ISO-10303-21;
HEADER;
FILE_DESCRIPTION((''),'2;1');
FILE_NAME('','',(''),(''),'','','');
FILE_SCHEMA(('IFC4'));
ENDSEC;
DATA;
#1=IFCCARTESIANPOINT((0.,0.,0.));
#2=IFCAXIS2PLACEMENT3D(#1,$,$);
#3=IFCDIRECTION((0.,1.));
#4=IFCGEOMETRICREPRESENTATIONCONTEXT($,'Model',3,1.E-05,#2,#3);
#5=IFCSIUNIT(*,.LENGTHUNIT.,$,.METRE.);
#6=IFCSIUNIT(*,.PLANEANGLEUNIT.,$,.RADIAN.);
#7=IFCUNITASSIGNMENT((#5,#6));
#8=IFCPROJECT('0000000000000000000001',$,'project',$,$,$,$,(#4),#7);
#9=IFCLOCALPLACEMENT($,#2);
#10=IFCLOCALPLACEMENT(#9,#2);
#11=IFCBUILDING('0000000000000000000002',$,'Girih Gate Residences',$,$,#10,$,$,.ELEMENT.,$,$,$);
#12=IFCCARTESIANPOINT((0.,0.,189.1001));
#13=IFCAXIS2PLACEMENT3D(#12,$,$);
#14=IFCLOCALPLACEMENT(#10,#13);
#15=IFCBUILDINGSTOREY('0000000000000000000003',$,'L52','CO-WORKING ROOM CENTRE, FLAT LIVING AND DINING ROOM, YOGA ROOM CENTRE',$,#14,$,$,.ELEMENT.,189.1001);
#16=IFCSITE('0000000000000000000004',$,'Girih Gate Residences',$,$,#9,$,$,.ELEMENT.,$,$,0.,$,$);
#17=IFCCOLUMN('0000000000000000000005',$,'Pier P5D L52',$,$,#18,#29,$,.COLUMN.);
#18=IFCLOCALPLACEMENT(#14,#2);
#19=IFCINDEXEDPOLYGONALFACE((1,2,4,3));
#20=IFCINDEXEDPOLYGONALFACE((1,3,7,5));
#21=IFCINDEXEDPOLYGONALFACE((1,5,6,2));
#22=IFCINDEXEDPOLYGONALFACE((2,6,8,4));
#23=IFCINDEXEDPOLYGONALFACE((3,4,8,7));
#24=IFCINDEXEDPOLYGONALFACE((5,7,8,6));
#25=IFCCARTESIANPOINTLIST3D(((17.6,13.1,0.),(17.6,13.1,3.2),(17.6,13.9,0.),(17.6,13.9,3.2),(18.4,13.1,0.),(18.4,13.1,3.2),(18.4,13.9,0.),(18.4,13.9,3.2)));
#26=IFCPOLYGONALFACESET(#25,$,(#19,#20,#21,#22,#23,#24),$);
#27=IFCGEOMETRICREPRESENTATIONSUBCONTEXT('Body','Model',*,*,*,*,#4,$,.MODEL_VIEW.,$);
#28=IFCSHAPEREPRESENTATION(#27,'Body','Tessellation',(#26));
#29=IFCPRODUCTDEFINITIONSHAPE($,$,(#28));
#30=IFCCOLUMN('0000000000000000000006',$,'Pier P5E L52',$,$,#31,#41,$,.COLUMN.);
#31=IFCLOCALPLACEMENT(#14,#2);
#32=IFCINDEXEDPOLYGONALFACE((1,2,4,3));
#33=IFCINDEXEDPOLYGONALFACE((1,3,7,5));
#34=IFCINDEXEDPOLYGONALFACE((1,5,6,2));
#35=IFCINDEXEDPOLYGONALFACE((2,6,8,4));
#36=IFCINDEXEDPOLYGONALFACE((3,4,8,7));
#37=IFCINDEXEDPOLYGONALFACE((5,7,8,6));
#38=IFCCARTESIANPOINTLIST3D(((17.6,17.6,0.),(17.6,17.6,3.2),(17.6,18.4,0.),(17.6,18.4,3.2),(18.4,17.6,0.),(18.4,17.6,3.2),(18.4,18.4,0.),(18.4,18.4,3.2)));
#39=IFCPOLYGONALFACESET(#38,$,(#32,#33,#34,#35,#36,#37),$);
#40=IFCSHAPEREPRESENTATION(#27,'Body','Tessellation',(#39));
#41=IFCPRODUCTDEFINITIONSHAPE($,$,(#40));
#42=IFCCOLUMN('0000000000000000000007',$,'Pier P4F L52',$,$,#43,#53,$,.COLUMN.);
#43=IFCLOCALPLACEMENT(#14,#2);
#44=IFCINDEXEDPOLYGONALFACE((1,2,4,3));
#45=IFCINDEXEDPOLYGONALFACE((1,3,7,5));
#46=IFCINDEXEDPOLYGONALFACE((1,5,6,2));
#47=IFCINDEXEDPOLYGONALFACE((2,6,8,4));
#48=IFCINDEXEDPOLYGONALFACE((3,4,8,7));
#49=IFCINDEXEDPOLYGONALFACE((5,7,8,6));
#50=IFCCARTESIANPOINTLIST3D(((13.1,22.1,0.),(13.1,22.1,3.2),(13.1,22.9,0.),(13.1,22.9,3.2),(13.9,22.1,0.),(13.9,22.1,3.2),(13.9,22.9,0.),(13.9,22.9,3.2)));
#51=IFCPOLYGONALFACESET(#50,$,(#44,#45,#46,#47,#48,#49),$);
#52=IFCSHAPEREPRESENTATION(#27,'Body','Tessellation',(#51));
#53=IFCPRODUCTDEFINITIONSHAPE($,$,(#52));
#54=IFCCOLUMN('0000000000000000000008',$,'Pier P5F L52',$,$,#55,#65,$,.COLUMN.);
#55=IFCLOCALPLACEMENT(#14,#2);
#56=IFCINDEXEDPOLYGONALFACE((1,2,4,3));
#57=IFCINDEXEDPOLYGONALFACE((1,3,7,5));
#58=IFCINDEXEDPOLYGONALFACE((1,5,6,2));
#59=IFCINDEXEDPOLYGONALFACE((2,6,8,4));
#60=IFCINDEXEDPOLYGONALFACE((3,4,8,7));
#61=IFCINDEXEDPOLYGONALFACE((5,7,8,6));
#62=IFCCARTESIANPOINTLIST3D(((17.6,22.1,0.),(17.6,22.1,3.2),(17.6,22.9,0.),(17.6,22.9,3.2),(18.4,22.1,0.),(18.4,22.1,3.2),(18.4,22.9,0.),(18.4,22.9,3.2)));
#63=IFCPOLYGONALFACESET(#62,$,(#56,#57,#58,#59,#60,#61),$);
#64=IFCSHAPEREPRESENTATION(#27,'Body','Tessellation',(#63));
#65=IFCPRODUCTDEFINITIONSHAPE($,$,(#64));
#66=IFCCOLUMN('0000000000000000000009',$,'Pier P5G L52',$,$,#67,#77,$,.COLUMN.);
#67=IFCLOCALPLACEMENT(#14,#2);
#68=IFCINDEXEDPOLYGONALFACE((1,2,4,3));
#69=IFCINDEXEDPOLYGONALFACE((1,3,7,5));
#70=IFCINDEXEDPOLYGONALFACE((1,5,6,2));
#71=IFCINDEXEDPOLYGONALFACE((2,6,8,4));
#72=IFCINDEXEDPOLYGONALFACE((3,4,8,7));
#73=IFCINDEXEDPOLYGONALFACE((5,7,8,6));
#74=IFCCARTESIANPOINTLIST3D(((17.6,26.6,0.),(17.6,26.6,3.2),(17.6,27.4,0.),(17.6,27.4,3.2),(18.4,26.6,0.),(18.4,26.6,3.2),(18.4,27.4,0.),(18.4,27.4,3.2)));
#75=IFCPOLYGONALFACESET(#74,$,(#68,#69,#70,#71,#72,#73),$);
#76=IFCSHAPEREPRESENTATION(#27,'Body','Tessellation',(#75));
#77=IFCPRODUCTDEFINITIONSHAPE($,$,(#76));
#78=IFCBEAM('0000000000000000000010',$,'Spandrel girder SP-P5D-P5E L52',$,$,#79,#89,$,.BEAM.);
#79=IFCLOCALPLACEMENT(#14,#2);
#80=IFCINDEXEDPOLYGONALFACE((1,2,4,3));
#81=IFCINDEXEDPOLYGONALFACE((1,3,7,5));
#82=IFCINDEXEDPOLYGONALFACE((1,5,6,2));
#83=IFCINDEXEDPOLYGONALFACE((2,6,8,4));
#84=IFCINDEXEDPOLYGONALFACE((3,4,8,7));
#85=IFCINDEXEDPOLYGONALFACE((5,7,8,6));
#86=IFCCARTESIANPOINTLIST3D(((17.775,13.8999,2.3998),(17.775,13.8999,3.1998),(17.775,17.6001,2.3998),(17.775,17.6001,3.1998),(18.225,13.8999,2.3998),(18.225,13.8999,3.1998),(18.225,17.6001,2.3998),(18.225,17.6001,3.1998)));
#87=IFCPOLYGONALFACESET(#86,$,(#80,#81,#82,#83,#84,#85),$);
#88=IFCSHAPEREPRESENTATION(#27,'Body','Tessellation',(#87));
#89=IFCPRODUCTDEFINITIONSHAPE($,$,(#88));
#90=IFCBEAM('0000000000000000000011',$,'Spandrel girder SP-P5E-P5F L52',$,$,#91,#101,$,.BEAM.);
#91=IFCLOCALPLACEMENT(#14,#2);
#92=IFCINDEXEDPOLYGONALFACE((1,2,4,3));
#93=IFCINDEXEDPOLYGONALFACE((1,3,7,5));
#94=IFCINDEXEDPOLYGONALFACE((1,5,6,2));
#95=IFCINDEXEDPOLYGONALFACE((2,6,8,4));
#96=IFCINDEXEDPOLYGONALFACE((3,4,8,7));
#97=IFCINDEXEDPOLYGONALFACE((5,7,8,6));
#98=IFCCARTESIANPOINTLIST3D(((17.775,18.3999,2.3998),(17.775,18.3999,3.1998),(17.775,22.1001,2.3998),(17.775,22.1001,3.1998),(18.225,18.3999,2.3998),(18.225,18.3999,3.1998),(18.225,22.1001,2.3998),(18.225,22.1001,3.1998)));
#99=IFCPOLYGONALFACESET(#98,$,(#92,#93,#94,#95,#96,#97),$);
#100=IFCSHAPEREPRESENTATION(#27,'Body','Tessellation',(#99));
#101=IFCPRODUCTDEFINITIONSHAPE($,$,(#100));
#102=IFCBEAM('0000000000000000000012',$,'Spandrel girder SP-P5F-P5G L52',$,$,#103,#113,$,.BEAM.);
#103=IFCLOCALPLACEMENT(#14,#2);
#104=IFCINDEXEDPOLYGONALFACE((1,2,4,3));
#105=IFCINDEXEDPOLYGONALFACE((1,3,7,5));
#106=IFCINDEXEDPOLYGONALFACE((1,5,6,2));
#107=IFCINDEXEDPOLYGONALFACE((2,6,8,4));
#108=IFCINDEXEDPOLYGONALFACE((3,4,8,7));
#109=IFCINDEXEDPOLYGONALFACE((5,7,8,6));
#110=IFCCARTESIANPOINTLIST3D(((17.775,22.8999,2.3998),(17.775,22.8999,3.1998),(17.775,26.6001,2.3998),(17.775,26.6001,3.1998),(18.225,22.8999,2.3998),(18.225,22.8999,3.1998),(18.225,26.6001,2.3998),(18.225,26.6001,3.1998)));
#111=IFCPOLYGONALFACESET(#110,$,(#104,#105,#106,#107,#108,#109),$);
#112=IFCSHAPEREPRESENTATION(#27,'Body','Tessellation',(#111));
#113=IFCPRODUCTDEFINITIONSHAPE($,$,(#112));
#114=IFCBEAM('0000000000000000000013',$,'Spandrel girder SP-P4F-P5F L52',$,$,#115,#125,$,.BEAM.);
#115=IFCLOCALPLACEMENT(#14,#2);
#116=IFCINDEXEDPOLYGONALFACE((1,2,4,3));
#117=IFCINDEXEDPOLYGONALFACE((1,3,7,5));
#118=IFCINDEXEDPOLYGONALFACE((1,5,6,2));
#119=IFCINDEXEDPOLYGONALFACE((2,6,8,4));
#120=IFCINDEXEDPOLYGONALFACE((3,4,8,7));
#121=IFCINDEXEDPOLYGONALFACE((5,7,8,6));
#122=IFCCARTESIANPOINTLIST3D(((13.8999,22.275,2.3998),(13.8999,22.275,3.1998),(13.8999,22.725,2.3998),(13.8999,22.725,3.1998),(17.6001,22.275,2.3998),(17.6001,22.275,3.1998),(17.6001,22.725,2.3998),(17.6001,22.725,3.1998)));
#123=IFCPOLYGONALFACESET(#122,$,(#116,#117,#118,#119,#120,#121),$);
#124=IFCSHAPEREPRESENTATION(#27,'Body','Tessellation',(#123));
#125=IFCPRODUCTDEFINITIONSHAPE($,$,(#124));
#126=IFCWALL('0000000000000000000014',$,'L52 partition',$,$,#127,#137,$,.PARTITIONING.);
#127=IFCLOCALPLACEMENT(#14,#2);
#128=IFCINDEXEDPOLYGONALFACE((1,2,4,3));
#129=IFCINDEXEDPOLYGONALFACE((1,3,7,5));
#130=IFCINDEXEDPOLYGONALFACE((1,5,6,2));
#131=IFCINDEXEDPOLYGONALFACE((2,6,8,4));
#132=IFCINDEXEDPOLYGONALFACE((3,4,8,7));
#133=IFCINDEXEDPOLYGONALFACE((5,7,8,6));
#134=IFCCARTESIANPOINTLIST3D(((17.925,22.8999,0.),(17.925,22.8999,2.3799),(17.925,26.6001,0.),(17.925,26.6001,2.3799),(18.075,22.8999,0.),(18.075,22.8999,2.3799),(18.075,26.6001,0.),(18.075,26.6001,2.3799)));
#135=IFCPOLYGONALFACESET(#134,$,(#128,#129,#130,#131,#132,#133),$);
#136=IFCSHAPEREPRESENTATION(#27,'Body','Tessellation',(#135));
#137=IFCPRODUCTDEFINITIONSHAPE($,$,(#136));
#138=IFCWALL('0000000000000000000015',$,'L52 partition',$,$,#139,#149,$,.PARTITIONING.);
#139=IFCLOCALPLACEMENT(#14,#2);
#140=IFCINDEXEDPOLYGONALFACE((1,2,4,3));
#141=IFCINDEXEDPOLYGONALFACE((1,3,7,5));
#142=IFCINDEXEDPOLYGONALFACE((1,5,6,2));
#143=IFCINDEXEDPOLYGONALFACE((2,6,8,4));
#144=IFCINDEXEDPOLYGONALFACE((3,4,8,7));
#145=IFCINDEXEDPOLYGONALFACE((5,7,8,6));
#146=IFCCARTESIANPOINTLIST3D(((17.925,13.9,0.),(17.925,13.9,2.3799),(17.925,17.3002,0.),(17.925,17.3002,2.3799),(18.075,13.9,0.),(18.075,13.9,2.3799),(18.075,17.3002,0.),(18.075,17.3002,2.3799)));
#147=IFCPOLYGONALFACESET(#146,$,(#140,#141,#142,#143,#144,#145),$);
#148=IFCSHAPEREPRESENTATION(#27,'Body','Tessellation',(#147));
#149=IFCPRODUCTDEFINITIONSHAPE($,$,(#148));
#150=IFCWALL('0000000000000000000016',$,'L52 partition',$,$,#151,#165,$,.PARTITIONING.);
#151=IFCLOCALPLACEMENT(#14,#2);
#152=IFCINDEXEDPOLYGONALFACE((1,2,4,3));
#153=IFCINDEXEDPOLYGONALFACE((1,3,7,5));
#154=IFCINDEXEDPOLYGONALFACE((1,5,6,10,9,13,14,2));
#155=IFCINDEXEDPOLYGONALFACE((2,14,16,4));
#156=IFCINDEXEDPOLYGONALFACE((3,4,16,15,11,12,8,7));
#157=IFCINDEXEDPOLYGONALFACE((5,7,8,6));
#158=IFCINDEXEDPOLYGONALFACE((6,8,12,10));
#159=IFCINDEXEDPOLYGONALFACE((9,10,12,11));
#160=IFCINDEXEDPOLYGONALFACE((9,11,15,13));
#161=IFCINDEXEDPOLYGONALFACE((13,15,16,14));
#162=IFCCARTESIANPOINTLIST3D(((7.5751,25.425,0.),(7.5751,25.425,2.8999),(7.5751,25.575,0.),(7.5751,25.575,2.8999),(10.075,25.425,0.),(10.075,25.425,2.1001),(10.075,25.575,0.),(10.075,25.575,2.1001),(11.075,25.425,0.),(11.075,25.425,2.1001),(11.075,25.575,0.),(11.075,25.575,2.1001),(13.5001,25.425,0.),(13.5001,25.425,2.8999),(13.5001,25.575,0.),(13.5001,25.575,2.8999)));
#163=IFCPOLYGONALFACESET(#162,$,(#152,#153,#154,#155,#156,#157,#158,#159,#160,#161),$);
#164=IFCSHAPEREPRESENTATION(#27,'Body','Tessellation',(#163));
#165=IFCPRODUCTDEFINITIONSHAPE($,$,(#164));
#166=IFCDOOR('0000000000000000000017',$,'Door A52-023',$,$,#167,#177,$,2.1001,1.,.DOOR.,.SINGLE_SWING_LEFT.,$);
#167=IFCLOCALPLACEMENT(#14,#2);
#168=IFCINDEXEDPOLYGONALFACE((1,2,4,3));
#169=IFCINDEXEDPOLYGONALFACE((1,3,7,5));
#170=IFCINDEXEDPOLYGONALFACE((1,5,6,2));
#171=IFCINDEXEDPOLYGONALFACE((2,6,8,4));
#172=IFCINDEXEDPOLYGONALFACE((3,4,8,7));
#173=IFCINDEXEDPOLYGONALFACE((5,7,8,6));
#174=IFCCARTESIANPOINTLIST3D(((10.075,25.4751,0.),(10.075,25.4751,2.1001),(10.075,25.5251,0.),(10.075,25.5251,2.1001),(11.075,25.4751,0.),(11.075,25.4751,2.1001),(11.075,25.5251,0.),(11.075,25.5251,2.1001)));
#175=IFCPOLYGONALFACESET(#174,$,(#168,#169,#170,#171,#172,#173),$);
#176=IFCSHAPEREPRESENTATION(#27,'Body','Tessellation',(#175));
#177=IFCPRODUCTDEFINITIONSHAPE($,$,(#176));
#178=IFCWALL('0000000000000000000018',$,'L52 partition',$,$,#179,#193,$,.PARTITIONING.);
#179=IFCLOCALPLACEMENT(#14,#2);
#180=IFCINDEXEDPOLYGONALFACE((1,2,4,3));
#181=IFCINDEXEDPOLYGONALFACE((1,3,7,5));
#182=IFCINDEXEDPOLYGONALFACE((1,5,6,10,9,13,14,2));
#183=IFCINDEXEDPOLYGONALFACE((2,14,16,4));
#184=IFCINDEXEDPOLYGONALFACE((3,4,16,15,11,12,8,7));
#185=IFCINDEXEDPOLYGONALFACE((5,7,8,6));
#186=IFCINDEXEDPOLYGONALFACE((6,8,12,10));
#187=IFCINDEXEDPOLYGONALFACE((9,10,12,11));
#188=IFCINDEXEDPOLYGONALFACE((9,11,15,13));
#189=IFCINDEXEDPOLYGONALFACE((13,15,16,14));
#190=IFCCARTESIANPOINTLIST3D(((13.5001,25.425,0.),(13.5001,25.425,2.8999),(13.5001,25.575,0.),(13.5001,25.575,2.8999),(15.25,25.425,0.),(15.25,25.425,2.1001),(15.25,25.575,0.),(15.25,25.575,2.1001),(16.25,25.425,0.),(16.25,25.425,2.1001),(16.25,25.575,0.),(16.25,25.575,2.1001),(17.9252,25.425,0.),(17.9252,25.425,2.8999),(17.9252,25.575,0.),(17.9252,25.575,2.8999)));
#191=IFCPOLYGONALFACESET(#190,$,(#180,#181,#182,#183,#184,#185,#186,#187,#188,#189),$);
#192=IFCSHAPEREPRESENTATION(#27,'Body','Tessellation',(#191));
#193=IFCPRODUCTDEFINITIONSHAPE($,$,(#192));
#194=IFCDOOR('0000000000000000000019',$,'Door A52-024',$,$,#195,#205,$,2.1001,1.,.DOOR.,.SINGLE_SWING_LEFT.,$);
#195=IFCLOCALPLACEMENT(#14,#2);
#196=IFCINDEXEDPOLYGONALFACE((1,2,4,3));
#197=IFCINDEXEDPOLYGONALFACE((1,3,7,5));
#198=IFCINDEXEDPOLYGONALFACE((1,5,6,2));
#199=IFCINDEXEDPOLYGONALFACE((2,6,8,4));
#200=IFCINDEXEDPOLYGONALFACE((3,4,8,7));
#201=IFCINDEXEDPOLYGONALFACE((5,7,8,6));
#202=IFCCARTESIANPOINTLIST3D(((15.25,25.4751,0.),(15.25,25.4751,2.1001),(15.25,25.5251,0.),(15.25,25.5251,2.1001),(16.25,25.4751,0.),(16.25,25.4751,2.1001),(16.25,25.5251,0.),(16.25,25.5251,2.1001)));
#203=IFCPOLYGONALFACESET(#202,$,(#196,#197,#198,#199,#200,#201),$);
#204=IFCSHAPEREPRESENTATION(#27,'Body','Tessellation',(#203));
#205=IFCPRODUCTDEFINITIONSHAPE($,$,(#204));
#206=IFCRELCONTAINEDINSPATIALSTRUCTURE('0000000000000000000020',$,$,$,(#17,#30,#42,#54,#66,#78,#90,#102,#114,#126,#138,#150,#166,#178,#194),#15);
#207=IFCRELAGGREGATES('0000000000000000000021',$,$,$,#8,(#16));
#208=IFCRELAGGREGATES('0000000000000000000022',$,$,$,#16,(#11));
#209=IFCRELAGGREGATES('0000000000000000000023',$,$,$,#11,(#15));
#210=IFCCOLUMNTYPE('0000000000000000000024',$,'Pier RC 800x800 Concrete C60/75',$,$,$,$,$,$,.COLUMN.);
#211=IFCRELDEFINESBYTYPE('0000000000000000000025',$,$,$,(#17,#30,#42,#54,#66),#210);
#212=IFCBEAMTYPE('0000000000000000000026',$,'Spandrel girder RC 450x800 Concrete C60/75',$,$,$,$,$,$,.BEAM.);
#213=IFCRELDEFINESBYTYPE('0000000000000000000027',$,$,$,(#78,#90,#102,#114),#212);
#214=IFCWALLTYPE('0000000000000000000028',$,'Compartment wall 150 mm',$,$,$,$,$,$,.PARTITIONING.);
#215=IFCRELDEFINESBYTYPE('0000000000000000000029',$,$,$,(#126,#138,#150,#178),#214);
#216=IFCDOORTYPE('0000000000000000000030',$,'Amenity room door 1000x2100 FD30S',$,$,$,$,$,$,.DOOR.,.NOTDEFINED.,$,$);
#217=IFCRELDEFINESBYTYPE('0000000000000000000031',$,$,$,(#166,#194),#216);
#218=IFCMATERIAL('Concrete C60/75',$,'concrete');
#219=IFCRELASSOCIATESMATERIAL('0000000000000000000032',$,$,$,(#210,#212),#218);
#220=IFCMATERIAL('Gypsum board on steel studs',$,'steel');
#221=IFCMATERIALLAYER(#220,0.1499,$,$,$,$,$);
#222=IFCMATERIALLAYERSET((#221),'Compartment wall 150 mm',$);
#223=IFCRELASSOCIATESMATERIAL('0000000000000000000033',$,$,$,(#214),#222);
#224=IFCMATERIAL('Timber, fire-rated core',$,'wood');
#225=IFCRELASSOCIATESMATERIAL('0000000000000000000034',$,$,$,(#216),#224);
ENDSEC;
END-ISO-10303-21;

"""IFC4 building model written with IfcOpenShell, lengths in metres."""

from ifc_helpers import new_model, si_unit, direction, frame, frame_2d, origin, origin_2d, place, context, subcontext, project, spatial, rectangle, extrude, material, layer, layer_set, material_profile, profile_set, type_object, element, fill, save


model = new_model("IFC4")

# Units and contexts
model_context = context("Model", 3, precision=1e-05, world=origin(), true_north=direction((0.0, 1.0)))
body_context = subcontext(model_context, "Body", "Model", "MODEL_VIEW")
ifc_project = project(units=[si_unit("LENGTHUNIT", "METRE"), si_unit("PLANEANGLEUNIT", "RADIAN")], contexts=[model_context])

# Site, building, storey
site_placement = place(None, origin())
site = spatial("IfcSite", under=ifc_project, at=site_placement, Name="Girih Gate Residences", CompositionType="ELEMENT", RefElevation=0.0)
building_placement = place(site_placement, origin())
building = spatial("IfcBuilding", under=site, at=building_placement, Name="Girih Gate Residences", CompositionType="ELEMENT")
storey_placement = place(building_placement, frame((0.0, 0.0, 189.1001)))
storey = spatial("IfcBuildingStorey", under=building, at=storey_placement, Name="L52", Description="CO-WORKING ROOM CENTRE, FLAT LIVING AND DINING ROOM, YOGA ROOM CENTRE", CompositionType="ELEMENT", Elevation=189.1001)

# Columns
ifc_material_1 = material(Name="Concrete C60/75", Category="concrete")
ifc_material_profile_1 = material_profile(ifc_material_1, rectangle(XDim=0.8, YDim=0.8, at=origin_2d()))
ifc_profile_set_1 = profile_set([ifc_material_profile_1], Name="Concrete C60/75")
column_type = type_object("IfcColumnType", Name="Pier RC 800x800 Concrete C60/75", PredefinedType="COLUMN", material=ifc_profile_set_1)
for number, where, z_axis, x_axis, name in (
    (1, (18.0, 13.5, 0.0), (0.0, 0.0, 1.0), (1.0, 0.0, 0.0), "Pier P5D L52"),
    (2, (18.0, 18.0, 0.0), (0.0, 0.0, 1.0), (1.0, 0.0, 0.0), "Pier P5E L52"),
    (3, (13.5, 22.5, 0.0), (0.0, 0.0, 1.0), (1.0, 0.0, 0.0), "Pier P4F L52"),
    (4, (18.0, 22.5, 0.0), (0.0, 0.0, 1.0), (1.0, 0.0, 0.0), "Pier P5F L52"),
    (5, (18.0, 27.0, 0.0), (0.0, 0.0, 1.0), (1.0, 0.0, 0.0), "Pier P5G L52"),
):
    element("IfcColumn", number, at=place(storey_placement, frame(where, z_axis=z_axis, x_axis=x_axis)), inside=storey, type_object=column_type, Name=name, PredefinedType="COLUMN", context=body_context, shape_type="SweptSolid", body=[
        extrude(rectangle(XDim=0.8, YDim=0.8, at=origin_2d()), origin(), (0.0, 0.0, 1.0), 3.2),
    ])

# Beams
ifc_material_profile_2 = material_profile(ifc_material_1, rectangle(XDim=0.45, YDim=0.8, at=origin_2d()))
ifc_profile_set_2 = profile_set([ifc_material_profile_2], Name="Concrete C60/75")
beam_type = type_object("IfcBeamType", Name="Spandrel girder RC 450x800 Concrete C60/75", PredefinedType="BEAM", material=ifc_profile_set_2)
for number, where, z_axis, x_axis, name in (
    (6, (18.0, 13.8999, 2.7998), (0.0, 1.0, 0.0), (-1.0, 0.0, 0.0), "Spandrel girder SP-P5D-P5E L52"),
    (7, (18.0, 18.3999, 2.7998), (0.0, 1.0, 0.0), (-1.0, 0.0, 0.0), "Spandrel girder SP-P5E-P5F L52"),
    (8, (18.0, 22.8999, 2.7998), (0.0, 1.0, 0.0), (-1.0, 0.0, 0.0), "Spandrel girder SP-P5F-P5G L52"),
    (9, (13.8999, 22.5, 2.7998), (1.0, 0.0, 0.0), (0.0, 1.0, 0.0), "Spandrel girder SP-P4F-P5F L52"),
):
    element("IfcBeam", number, at=place(storey_placement, frame(where, z_axis=z_axis, x_axis=x_axis)), inside=storey, type_object=beam_type, Name=name, PredefinedType="BEAM", context=body_context, shape_type="SweptSolid", body=[
        extrude(rectangle(XDim=0.45, YDim=0.8, at=origin_2d()), origin(), (0.0, 0.0, 1.0), 3.7002),
    ])

# Walls
ifc_material_2 = material(Name="Gypsum board on steel studs", Category="steel")
ifc_layer_1 = layer(ifc_material_2, 0.1499)
ifc_layer_set_1 = layer_set([ifc_layer_1], Name="Compartment wall 150 mm")
wall_type_1 = type_object("IfcWallType", Name="Compartment wall 150 mm", PredefinedType="PARTITIONING", material=ifc_layer_set_1)
wall_1_placement = place(storey_placement, frame((18.0, 22.8999, 0.0), z_axis=(0.0, 0.0, 1.0), x_axis=(0.0, 1.0, 0.0)))
element("IfcWall", 10, at=wall_1_placement, inside=storey, type_object=wall_type_1, Name="L52 partition", PredefinedType="PARTITIONING", context=body_context, shape_type="SweptSolid", body=[
    extrude(rectangle(XDim=3.7002, YDim=0.1499, at=frame_2d((1.8501, 0.0))), origin(), (0.0, 0.0, 1.0), 2.3799),
])
wall_2_placement = place(storey_placement, frame((18.0, 13.8999, 0.0), z_axis=(0.0, 0.0, 1.0), x_axis=(0.0, 1.0, 0.0)))
element("IfcWall", 11, at=wall_2_placement, inside=storey, type_object=wall_type_1, Name="L52 partition", PredefinedType="PARTITIONING", context=body_context, shape_type="SweptSolid", body=[
    extrude(rectangle(XDim=3.4001, YDim=0.1499, at=frame_2d((1.7002, 0.0))), origin(), (0.0, 0.0, 1.0), 2.3799),
])

# Walls, openings, doors
wall_3_placement = place(storey_placement, frame((13.5, 25.5, 0.0), z_axis=(0.0, 0.0, 1.0), x_axis=(-1.0, 0.0, 0.0)))
wall_3 = element("IfcWall", 12, at=wall_3_placement, inside=storey, type_object=wall_type_1, Name="L52 partition", PredefinedType="PARTITIONING", context=body_context, shape_type="SweptSolid", body=[
    extrude(rectangle(XDim=5.925, YDim=0.1499, at=frame_2d((2.9624, 0.0))), origin(), (0.0, 0.0, 1.0), 2.8999),
])
opening_1_placement = place(wall_3_placement, frame((2.425, 0.0, 0.0)))
opening_1 = element("IfcOpeningElement", 13, at=opening_1_placement, cuts=wall_3, PredefinedType="OPENING", context=body_context, shape_type="SweptSolid", body=[
    extrude(rectangle(XDim=1.0, YDim=2.1001, at=frame_2d((0.5, 1.05))), frame((0.0, 0.085, 0.0), z_axis=(0.0, -1.0, 0.0), x_axis=(1.0, 0.0, 0.0)), (0.0, 0.0, 1.0), 0.1699),
])
ifc_material_3 = material(Name="Timber, fire-rated core", Category="wood")
door_type = type_object("IfcDoorType", Name="Amenity room door 1000x2100 FD30S", OperationType="NOTDEFINED", PredefinedType="DOOR", material=ifc_material_3)
door_1_placement = place(opening_1_placement, origin())
door_1 = element("IfcDoor", 14, at=door_1_placement, inside=storey, type_object=door_type, Name="Door A52-023", OperationType="SINGLE_SWING_LEFT", OverallHeight=2.1001, OverallWidth=1.0, PredefinedType="DOOR", context=body_context, shape_type="SweptSolid", body=[
    extrude(rectangle(XDim=1.0, YDim=2.1001, at=frame_2d((0.5, 1.05))), frame((0.0, 0.0249, 0.0), z_axis=(0.0, -1.0, 0.0), x_axis=(1.0, 0.0, 0.0)), (0.0, 0.0, 1.0), 0.05),
])
fill(opening_1, door_1)
wall_4_placement = place(storey_placement, frame((17.925, 25.5, 0.0), z_axis=(0.0, 0.0, 1.0), x_axis=(-1.0, 0.0, 0.0)))
wall_4 = element("IfcWall", 15, at=wall_4_placement, inside=storey, type_object=wall_type_1, Name="L52 partition", PredefinedType="PARTITIONING", context=body_context, shape_type="SweptSolid", body=[
    extrude(rectangle(XDim=4.425, YDim=0.1499, at=frame_2d((2.2124, 0.0))), origin(), (0.0, 0.0, 1.0), 2.8999),
])
opening_2_placement = place(wall_4_placement, frame((1.675, 0.0, 0.0)))
opening_2 = element("IfcOpeningElement", 16, at=opening_2_placement, cuts=wall_4, PredefinedType="OPENING", context=body_context, shape_type="SweptSolid", body=[
    extrude(rectangle(XDim=1.0, YDim=2.1001, at=frame_2d((0.5, 1.05))), frame((0.0, 0.085, 0.0), z_axis=(0.0, -1.0, 0.0), x_axis=(1.0, 0.0, 0.0)), (0.0, 0.0, 1.0), 0.1699),
])
door_2_placement = place(opening_2_placement, origin())
door_2 = element("IfcDoor", 17, at=door_2_placement, inside=storey, type_object=door_type, Name="Door A52-024", OperationType="SINGLE_SWING_LEFT", OverallHeight=2.1001, OverallWidth=1.0, PredefinedType="DOOR", context=body_context, shape_type="SweptSolid", body=[
    extrude(rectangle(XDim=1.0, YDim=2.1001, at=frame_2d((0.5, 1.05))), frame((0.0, 0.0249, 0.0), z_axis=(0.0, -1.0, 0.0), x_axis=(1.0, 0.0, 0.0)), (0.0, 0.0, 1.0), 0.05),
])
fill(opening_2, door_2)

save(model, "model.ifc")
